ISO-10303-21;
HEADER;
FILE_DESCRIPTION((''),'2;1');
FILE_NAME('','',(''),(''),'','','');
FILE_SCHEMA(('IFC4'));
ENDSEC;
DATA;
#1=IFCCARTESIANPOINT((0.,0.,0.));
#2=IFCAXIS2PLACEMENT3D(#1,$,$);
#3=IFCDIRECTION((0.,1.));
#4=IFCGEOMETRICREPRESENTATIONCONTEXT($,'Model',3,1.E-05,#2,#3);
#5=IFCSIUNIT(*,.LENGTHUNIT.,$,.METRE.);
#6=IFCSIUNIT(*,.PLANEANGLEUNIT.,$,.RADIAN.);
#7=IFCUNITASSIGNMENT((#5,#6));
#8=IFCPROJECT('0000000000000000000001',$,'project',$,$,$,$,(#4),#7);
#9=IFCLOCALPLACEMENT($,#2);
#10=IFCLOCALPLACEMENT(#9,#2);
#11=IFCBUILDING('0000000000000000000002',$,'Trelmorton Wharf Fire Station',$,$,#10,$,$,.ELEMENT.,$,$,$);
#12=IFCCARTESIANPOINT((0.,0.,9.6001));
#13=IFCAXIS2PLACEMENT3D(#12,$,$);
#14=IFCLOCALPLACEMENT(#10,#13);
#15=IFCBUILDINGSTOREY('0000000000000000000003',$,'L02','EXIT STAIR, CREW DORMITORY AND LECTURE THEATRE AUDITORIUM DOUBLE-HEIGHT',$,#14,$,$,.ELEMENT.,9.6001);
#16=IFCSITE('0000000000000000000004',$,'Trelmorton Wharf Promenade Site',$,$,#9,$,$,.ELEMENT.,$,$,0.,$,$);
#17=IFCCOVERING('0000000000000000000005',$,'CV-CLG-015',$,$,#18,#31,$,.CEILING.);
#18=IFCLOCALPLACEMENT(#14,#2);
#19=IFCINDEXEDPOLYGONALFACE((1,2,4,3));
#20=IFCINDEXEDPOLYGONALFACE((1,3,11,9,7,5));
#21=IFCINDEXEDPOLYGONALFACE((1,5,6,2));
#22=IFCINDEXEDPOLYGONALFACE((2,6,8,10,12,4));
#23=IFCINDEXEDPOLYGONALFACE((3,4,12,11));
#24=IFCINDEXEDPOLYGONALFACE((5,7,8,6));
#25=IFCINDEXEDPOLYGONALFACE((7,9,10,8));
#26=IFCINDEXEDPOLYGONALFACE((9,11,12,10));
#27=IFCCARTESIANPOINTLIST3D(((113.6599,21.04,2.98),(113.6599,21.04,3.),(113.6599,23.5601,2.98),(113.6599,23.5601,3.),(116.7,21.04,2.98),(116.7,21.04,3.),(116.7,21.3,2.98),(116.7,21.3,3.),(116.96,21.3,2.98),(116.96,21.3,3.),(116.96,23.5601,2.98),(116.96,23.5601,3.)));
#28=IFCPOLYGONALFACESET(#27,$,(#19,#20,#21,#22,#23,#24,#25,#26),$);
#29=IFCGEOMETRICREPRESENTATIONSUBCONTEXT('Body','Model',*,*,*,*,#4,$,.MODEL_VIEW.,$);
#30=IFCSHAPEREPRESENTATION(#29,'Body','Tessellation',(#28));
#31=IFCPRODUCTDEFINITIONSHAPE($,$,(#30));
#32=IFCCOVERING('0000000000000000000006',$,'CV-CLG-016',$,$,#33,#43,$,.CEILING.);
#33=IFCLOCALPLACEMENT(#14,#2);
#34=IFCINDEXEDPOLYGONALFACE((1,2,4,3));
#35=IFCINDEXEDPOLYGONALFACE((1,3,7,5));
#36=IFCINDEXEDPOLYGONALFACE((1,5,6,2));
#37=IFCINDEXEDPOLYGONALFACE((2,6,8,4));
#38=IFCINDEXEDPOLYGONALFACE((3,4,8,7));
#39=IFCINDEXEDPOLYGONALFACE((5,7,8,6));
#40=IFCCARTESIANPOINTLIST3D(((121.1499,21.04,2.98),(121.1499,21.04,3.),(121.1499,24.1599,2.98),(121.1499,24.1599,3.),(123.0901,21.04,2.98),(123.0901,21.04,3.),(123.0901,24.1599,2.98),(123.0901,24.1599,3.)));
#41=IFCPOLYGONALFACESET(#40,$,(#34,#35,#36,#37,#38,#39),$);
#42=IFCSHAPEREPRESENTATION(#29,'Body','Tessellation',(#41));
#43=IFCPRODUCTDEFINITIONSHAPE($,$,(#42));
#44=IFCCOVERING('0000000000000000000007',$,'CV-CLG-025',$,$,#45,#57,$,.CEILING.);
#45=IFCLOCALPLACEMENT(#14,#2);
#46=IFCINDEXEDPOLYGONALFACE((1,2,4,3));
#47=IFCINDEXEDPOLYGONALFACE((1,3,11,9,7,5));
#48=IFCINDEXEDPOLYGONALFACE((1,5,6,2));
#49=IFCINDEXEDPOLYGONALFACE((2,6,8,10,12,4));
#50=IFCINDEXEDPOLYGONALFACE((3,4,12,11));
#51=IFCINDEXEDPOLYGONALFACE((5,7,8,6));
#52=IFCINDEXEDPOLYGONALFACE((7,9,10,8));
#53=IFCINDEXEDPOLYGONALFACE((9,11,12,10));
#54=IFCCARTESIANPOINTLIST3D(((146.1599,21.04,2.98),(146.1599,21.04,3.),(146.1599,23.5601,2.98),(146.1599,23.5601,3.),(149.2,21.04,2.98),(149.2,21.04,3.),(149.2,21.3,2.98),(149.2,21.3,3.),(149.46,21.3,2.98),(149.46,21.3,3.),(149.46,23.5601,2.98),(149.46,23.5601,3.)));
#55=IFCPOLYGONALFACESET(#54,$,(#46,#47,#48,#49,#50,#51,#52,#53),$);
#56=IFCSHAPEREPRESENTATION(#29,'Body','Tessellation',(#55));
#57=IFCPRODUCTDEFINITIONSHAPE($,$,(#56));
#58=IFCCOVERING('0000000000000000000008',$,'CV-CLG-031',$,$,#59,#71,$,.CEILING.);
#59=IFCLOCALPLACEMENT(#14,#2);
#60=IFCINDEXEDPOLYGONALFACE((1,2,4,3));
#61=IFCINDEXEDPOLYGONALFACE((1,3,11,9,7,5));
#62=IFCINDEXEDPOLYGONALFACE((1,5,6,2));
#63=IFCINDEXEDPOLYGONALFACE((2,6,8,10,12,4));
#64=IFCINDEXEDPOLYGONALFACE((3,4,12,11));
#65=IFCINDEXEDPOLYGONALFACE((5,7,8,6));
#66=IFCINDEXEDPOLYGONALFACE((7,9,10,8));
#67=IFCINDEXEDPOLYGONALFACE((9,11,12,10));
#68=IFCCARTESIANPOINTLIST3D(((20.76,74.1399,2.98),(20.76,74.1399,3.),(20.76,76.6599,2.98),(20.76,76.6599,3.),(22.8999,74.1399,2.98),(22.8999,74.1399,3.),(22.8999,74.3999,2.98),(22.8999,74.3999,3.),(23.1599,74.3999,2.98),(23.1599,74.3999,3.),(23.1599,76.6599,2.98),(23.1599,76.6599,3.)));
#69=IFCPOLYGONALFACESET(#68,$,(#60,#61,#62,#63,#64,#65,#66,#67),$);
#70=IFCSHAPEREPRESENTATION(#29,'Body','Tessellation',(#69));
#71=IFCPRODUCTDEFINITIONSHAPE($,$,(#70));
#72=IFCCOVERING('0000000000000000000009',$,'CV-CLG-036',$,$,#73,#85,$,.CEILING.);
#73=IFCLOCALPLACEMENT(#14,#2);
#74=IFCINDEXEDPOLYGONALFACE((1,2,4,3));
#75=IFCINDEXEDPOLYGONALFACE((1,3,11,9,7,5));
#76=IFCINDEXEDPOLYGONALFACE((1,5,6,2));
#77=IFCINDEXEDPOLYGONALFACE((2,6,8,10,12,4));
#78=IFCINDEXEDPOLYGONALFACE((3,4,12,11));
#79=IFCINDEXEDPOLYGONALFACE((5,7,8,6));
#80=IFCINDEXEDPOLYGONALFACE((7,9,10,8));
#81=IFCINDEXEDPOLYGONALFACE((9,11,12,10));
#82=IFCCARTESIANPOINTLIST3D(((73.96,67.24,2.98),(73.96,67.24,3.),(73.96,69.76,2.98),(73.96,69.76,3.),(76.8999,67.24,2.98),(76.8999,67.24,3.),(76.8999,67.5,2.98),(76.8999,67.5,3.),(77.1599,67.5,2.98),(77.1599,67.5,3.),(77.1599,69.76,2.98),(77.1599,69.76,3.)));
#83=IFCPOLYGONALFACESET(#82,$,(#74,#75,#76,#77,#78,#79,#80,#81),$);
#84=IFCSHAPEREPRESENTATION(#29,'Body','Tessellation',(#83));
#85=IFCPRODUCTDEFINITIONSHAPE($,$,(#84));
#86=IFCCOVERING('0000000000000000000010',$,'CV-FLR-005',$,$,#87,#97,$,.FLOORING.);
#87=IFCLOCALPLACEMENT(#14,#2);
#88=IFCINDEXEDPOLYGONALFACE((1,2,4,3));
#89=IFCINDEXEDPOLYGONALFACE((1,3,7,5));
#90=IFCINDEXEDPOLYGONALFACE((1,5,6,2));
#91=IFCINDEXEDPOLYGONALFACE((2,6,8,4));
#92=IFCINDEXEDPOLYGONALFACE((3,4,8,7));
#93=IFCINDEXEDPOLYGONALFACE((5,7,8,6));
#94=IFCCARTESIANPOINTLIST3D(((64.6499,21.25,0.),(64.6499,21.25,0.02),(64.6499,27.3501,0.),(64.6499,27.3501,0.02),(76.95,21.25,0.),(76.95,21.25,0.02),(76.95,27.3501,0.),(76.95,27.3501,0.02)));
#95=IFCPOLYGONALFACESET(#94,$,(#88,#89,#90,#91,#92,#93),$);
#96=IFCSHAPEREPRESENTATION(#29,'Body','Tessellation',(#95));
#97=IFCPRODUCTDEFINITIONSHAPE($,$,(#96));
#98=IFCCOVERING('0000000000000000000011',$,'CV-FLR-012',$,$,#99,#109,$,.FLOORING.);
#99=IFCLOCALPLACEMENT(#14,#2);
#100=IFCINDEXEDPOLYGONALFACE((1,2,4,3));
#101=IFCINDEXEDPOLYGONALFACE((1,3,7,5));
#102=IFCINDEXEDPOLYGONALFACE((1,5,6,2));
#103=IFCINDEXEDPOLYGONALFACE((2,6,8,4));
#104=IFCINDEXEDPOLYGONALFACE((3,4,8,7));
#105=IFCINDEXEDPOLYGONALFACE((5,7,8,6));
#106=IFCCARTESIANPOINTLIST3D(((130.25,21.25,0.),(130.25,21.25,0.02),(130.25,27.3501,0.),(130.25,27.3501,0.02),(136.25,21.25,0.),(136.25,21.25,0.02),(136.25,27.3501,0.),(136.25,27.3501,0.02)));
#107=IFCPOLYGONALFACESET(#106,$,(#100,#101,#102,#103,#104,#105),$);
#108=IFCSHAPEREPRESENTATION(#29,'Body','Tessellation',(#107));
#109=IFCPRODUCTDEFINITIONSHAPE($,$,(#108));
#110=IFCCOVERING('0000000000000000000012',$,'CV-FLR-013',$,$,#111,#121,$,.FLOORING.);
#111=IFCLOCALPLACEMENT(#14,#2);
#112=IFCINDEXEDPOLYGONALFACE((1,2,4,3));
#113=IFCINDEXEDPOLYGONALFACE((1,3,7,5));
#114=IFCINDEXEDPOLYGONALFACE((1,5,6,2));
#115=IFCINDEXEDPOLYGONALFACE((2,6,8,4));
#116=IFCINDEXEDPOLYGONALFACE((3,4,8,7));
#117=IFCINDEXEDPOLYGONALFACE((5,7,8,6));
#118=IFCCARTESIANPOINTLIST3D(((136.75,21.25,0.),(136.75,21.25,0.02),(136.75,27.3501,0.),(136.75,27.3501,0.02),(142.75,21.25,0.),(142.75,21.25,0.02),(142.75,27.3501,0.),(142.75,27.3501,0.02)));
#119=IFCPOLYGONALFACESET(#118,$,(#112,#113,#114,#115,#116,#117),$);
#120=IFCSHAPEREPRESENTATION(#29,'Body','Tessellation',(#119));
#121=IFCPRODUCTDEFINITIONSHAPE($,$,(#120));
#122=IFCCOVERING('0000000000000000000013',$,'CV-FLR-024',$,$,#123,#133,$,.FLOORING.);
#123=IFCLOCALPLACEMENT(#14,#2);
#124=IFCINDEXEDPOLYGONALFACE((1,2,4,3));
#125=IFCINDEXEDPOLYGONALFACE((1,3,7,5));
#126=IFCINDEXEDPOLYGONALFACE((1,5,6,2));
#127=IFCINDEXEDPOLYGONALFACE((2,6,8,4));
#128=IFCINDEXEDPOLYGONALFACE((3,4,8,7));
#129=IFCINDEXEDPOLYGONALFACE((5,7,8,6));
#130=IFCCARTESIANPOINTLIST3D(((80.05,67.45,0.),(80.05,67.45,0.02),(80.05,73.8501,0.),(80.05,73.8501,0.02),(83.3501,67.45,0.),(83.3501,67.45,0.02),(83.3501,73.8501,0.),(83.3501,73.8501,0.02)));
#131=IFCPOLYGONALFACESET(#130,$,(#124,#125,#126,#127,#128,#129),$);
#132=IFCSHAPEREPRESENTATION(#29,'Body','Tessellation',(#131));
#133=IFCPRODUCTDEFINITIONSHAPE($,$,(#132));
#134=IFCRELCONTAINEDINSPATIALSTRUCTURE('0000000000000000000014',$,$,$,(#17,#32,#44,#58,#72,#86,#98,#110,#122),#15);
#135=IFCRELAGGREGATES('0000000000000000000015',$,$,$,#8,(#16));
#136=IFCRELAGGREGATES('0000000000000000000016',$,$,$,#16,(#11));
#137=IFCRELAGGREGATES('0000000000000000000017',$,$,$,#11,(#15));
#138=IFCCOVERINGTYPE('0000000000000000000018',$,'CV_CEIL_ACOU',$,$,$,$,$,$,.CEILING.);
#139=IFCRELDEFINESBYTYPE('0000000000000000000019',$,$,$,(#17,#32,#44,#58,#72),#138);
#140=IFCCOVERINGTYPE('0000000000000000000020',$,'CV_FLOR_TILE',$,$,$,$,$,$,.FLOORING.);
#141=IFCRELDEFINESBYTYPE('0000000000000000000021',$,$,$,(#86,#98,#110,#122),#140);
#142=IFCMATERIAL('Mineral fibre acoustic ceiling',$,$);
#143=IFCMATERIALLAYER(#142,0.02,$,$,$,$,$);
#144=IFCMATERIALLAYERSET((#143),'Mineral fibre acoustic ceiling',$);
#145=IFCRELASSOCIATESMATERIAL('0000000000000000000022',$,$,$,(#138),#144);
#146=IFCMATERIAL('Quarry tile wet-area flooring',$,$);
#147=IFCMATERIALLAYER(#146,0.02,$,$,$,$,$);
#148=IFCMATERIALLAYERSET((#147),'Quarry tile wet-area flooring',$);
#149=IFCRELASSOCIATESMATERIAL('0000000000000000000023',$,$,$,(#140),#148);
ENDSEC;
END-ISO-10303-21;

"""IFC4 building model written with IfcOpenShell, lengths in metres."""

from ifc_helpers import new_model, si_unit, direction, frame, origin, place, context, subcontext, project, spatial, polyline, outline, extrude, material, layer, layer_set, type_object, element, save


model = new_model("IFC4")

# Units and contexts
model_context = context("Model", 3, precision=1e-05, world=origin(), true_north=direction((0.0, 1.0)))
body_context = subcontext(model_context, "Body", "Model", "MODEL_VIEW")
ifc_project = project(units=[si_unit("LENGTHUNIT", "METRE"), si_unit("PLANEANGLEUNIT", "RADIAN")], contexts=[model_context])

# Site, building, storey
site_placement = place(None, origin())
site = spatial("IfcSite", under=ifc_project, at=site_placement, Name="Trelmorton Wharf Promenade Site", CompositionType="ELEMENT", RefElevation=0.0)
building_placement = place(site_placement, origin())
building = spatial("IfcBuilding", under=site, at=building_placement, Name="Trelmorton Wharf Fire Station", CompositionType="ELEMENT")
storey_placement = place(building_placement, frame((0.0, 0.0, 9.6001)))
storey = spatial("IfcBuildingStorey", under=building, at=storey_placement, Name="L02", Description="EXIT STAIR, CREW DORMITORY AND LECTURE THEATRE AUDITORIUM DOUBLE-HEIGHT", CompositionType="ELEMENT", Elevation=9.6001)

# Coverings
ifc_material_1 = material(Name="Mineral fibre acoustic ceiling")
ifc_layer_1 = layer(ifc_material_1, 0.02)
ifc_layer_set_1 = layer_set([ifc_layer_1], Name="Mineral fibre acoustic ceiling")
covering_type_1 = type_object("IfcCoveringType", Name="CV_CEIL_ACOU", PredefinedType="CEILING", material=ifc_layer_set_1)
covering_1_placement = place(storey_placement, frame((0.0, 0.0, 2.98)))
element("IfcCovering", 1, at=covering_1_placement, inside=storey, type_object=covering_type_1, Name="CV-CLG-015", PredefinedType="CEILING", context=body_context, shape_type="SweptSolid", body=[
    extrude(outline(polyline([(113.6599, 21.04), (113.6599, 23.5601), (116.96, 23.5601), (116.96, 21.3), (116.7, 21.3), (116.7, 21.04), (113.6599, 21.04)])), origin(), (0.0, 0.0, 1.0), 0.02),
])
covering_2_placement = place(storey_placement, frame((0.0, 0.0, 2.98)))
element("IfcCovering", 2, at=covering_2_placement, inside=storey, type_object=covering_type_1, Name="CV-CLG-016", PredefinedType="CEILING", context=body_context, shape_type="SweptSolid", body=[
    extrude(outline(polyline([(123.0901, 21.04), (123.0901, 24.1599), (121.1499, 24.1599), (121.1499, 21.04), (123.0901, 21.04)])), origin(), (0.0, 0.0, 1.0), 0.02),
])
covering_3_placement = place(storey_placement, frame((0.0, 0.0, 2.98)))
element("IfcCovering", 3, at=covering_3_placement, inside=storey, type_object=covering_type_1, Name="CV-CLG-025", PredefinedType="CEILING", context=body_context, shape_type="SweptSolid", body=[
    extrude(outline(polyline([(146.1599, 21.04), (146.1599, 23.5601), (149.46, 23.5601), (149.46, 21.3), (149.2, 21.3), (149.2, 21.04), (146.1599, 21.04)])), origin(), (0.0, 0.0, 1.0), 0.02),
])
covering_4_placement = place(storey_placement, frame((0.0, 0.0, 2.98)))
element("IfcCovering", 4, at=covering_4_placement, inside=storey, type_object=covering_type_1, Name="CV-CLG-031", PredefinedType="CEILING", context=body_context, shape_type="SweptSolid", body=[
    extrude(outline(polyline([(20.76, 74.1399), (20.76, 76.6599), (23.1599, 76.6599), (23.1599, 74.3999), (22.8999, 74.3999), (22.8999, 74.1399), (20.76, 74.1399)])), origin(), (0.0, 0.0, 1.0), 0.02),
])
covering_5_placement = place(storey_placement, frame((0.0, 0.0, 2.98)))
element("IfcCovering", 5, at=covering_5_placement, inside=storey, type_object=covering_type_1, Name="CV-CLG-036", PredefinedType="CEILING", context=body_context, shape_type="SweptSolid", body=[
    extrude(outline(polyline([(73.96, 67.24), (73.96, 69.76), (77.1599, 69.76), (77.1599, 67.5), (76.8999, 67.5), (76.8999, 67.24), (73.96, 67.24)])), origin(), (0.0, 0.0, 1.0), 0.02),
])
ifc_material_2 = material(Name="Quarry tile wet-area flooring")
ifc_layer_2 = layer(ifc_material_2, 0.02)
ifc_layer_set_2 = layer_set([ifc_layer_2], Name="Quarry tile wet-area flooring")
covering_type_2 = type_object("IfcCoveringType", Name="CV_FLOR_TILE", PredefinedType="FLOORING", material=ifc_layer_set_2)
covering_6_placement = place(storey_placement, origin())
element("IfcCovering", 6, at=covering_6_placement, inside=storey, type_object=covering_type_2, Name="CV-FLR-005", PredefinedType="FLOORING", context=body_context, shape_type="SweptSolid", body=[
    extrude(outline(polyline([(76.95, 21.25), (76.95, 27.3501), (64.6499, 27.3501), (64.6499, 21.25), (76.95, 21.25)])), origin(), (0.0, 0.0, 1.0), 0.02),
])
covering_7_placement = place(storey_placement, origin())
element("IfcCovering", 7, at=covering_7_placement, inside=storey, type_object=covering_type_2, Name="CV-FLR-012", PredefinedType="FLOORING", context=body_context, shape_type="SweptSolid", body=[
    extrude(outline(polyline([(136.25, 21.25), (136.25, 27.3501), (130.25, 27.3501), (130.25, 21.25), (136.25, 21.25)])), origin(), (0.0, 0.0, 1.0), 0.02),
])
covering_8_placement = place(storey_placement, origin())
element("IfcCovering", 8, at=covering_8_placement, inside=storey, type_object=covering_type_2, Name="CV-FLR-013", PredefinedType="FLOORING", context=body_context, shape_type="SweptSolid", body=[
    extrude(outline(polyline([(142.75, 21.25), (142.75, 27.3501), (136.75, 27.3501), (136.75, 21.25), (142.75, 21.25)])), origin(), (0.0, 0.0, 1.0), 0.02),
])
covering_9_placement = place(storey_placement, origin())
element("IfcCovering", 9, at=covering_9_placement, inside=storey, type_object=covering_type_2, Name="CV-FLR-024", PredefinedType="FLOORING", context=body_context, shape_type="SweptSolid", body=[
    extrude(outline(polyline([(83.3501, 67.45), (83.3501, 73.8501), (80.05, 73.8501), (80.05, 67.45), (83.3501, 67.45)])), origin(), (0.0, 0.0, 1.0), 0.02),
])

save(model, "model.ifc")
